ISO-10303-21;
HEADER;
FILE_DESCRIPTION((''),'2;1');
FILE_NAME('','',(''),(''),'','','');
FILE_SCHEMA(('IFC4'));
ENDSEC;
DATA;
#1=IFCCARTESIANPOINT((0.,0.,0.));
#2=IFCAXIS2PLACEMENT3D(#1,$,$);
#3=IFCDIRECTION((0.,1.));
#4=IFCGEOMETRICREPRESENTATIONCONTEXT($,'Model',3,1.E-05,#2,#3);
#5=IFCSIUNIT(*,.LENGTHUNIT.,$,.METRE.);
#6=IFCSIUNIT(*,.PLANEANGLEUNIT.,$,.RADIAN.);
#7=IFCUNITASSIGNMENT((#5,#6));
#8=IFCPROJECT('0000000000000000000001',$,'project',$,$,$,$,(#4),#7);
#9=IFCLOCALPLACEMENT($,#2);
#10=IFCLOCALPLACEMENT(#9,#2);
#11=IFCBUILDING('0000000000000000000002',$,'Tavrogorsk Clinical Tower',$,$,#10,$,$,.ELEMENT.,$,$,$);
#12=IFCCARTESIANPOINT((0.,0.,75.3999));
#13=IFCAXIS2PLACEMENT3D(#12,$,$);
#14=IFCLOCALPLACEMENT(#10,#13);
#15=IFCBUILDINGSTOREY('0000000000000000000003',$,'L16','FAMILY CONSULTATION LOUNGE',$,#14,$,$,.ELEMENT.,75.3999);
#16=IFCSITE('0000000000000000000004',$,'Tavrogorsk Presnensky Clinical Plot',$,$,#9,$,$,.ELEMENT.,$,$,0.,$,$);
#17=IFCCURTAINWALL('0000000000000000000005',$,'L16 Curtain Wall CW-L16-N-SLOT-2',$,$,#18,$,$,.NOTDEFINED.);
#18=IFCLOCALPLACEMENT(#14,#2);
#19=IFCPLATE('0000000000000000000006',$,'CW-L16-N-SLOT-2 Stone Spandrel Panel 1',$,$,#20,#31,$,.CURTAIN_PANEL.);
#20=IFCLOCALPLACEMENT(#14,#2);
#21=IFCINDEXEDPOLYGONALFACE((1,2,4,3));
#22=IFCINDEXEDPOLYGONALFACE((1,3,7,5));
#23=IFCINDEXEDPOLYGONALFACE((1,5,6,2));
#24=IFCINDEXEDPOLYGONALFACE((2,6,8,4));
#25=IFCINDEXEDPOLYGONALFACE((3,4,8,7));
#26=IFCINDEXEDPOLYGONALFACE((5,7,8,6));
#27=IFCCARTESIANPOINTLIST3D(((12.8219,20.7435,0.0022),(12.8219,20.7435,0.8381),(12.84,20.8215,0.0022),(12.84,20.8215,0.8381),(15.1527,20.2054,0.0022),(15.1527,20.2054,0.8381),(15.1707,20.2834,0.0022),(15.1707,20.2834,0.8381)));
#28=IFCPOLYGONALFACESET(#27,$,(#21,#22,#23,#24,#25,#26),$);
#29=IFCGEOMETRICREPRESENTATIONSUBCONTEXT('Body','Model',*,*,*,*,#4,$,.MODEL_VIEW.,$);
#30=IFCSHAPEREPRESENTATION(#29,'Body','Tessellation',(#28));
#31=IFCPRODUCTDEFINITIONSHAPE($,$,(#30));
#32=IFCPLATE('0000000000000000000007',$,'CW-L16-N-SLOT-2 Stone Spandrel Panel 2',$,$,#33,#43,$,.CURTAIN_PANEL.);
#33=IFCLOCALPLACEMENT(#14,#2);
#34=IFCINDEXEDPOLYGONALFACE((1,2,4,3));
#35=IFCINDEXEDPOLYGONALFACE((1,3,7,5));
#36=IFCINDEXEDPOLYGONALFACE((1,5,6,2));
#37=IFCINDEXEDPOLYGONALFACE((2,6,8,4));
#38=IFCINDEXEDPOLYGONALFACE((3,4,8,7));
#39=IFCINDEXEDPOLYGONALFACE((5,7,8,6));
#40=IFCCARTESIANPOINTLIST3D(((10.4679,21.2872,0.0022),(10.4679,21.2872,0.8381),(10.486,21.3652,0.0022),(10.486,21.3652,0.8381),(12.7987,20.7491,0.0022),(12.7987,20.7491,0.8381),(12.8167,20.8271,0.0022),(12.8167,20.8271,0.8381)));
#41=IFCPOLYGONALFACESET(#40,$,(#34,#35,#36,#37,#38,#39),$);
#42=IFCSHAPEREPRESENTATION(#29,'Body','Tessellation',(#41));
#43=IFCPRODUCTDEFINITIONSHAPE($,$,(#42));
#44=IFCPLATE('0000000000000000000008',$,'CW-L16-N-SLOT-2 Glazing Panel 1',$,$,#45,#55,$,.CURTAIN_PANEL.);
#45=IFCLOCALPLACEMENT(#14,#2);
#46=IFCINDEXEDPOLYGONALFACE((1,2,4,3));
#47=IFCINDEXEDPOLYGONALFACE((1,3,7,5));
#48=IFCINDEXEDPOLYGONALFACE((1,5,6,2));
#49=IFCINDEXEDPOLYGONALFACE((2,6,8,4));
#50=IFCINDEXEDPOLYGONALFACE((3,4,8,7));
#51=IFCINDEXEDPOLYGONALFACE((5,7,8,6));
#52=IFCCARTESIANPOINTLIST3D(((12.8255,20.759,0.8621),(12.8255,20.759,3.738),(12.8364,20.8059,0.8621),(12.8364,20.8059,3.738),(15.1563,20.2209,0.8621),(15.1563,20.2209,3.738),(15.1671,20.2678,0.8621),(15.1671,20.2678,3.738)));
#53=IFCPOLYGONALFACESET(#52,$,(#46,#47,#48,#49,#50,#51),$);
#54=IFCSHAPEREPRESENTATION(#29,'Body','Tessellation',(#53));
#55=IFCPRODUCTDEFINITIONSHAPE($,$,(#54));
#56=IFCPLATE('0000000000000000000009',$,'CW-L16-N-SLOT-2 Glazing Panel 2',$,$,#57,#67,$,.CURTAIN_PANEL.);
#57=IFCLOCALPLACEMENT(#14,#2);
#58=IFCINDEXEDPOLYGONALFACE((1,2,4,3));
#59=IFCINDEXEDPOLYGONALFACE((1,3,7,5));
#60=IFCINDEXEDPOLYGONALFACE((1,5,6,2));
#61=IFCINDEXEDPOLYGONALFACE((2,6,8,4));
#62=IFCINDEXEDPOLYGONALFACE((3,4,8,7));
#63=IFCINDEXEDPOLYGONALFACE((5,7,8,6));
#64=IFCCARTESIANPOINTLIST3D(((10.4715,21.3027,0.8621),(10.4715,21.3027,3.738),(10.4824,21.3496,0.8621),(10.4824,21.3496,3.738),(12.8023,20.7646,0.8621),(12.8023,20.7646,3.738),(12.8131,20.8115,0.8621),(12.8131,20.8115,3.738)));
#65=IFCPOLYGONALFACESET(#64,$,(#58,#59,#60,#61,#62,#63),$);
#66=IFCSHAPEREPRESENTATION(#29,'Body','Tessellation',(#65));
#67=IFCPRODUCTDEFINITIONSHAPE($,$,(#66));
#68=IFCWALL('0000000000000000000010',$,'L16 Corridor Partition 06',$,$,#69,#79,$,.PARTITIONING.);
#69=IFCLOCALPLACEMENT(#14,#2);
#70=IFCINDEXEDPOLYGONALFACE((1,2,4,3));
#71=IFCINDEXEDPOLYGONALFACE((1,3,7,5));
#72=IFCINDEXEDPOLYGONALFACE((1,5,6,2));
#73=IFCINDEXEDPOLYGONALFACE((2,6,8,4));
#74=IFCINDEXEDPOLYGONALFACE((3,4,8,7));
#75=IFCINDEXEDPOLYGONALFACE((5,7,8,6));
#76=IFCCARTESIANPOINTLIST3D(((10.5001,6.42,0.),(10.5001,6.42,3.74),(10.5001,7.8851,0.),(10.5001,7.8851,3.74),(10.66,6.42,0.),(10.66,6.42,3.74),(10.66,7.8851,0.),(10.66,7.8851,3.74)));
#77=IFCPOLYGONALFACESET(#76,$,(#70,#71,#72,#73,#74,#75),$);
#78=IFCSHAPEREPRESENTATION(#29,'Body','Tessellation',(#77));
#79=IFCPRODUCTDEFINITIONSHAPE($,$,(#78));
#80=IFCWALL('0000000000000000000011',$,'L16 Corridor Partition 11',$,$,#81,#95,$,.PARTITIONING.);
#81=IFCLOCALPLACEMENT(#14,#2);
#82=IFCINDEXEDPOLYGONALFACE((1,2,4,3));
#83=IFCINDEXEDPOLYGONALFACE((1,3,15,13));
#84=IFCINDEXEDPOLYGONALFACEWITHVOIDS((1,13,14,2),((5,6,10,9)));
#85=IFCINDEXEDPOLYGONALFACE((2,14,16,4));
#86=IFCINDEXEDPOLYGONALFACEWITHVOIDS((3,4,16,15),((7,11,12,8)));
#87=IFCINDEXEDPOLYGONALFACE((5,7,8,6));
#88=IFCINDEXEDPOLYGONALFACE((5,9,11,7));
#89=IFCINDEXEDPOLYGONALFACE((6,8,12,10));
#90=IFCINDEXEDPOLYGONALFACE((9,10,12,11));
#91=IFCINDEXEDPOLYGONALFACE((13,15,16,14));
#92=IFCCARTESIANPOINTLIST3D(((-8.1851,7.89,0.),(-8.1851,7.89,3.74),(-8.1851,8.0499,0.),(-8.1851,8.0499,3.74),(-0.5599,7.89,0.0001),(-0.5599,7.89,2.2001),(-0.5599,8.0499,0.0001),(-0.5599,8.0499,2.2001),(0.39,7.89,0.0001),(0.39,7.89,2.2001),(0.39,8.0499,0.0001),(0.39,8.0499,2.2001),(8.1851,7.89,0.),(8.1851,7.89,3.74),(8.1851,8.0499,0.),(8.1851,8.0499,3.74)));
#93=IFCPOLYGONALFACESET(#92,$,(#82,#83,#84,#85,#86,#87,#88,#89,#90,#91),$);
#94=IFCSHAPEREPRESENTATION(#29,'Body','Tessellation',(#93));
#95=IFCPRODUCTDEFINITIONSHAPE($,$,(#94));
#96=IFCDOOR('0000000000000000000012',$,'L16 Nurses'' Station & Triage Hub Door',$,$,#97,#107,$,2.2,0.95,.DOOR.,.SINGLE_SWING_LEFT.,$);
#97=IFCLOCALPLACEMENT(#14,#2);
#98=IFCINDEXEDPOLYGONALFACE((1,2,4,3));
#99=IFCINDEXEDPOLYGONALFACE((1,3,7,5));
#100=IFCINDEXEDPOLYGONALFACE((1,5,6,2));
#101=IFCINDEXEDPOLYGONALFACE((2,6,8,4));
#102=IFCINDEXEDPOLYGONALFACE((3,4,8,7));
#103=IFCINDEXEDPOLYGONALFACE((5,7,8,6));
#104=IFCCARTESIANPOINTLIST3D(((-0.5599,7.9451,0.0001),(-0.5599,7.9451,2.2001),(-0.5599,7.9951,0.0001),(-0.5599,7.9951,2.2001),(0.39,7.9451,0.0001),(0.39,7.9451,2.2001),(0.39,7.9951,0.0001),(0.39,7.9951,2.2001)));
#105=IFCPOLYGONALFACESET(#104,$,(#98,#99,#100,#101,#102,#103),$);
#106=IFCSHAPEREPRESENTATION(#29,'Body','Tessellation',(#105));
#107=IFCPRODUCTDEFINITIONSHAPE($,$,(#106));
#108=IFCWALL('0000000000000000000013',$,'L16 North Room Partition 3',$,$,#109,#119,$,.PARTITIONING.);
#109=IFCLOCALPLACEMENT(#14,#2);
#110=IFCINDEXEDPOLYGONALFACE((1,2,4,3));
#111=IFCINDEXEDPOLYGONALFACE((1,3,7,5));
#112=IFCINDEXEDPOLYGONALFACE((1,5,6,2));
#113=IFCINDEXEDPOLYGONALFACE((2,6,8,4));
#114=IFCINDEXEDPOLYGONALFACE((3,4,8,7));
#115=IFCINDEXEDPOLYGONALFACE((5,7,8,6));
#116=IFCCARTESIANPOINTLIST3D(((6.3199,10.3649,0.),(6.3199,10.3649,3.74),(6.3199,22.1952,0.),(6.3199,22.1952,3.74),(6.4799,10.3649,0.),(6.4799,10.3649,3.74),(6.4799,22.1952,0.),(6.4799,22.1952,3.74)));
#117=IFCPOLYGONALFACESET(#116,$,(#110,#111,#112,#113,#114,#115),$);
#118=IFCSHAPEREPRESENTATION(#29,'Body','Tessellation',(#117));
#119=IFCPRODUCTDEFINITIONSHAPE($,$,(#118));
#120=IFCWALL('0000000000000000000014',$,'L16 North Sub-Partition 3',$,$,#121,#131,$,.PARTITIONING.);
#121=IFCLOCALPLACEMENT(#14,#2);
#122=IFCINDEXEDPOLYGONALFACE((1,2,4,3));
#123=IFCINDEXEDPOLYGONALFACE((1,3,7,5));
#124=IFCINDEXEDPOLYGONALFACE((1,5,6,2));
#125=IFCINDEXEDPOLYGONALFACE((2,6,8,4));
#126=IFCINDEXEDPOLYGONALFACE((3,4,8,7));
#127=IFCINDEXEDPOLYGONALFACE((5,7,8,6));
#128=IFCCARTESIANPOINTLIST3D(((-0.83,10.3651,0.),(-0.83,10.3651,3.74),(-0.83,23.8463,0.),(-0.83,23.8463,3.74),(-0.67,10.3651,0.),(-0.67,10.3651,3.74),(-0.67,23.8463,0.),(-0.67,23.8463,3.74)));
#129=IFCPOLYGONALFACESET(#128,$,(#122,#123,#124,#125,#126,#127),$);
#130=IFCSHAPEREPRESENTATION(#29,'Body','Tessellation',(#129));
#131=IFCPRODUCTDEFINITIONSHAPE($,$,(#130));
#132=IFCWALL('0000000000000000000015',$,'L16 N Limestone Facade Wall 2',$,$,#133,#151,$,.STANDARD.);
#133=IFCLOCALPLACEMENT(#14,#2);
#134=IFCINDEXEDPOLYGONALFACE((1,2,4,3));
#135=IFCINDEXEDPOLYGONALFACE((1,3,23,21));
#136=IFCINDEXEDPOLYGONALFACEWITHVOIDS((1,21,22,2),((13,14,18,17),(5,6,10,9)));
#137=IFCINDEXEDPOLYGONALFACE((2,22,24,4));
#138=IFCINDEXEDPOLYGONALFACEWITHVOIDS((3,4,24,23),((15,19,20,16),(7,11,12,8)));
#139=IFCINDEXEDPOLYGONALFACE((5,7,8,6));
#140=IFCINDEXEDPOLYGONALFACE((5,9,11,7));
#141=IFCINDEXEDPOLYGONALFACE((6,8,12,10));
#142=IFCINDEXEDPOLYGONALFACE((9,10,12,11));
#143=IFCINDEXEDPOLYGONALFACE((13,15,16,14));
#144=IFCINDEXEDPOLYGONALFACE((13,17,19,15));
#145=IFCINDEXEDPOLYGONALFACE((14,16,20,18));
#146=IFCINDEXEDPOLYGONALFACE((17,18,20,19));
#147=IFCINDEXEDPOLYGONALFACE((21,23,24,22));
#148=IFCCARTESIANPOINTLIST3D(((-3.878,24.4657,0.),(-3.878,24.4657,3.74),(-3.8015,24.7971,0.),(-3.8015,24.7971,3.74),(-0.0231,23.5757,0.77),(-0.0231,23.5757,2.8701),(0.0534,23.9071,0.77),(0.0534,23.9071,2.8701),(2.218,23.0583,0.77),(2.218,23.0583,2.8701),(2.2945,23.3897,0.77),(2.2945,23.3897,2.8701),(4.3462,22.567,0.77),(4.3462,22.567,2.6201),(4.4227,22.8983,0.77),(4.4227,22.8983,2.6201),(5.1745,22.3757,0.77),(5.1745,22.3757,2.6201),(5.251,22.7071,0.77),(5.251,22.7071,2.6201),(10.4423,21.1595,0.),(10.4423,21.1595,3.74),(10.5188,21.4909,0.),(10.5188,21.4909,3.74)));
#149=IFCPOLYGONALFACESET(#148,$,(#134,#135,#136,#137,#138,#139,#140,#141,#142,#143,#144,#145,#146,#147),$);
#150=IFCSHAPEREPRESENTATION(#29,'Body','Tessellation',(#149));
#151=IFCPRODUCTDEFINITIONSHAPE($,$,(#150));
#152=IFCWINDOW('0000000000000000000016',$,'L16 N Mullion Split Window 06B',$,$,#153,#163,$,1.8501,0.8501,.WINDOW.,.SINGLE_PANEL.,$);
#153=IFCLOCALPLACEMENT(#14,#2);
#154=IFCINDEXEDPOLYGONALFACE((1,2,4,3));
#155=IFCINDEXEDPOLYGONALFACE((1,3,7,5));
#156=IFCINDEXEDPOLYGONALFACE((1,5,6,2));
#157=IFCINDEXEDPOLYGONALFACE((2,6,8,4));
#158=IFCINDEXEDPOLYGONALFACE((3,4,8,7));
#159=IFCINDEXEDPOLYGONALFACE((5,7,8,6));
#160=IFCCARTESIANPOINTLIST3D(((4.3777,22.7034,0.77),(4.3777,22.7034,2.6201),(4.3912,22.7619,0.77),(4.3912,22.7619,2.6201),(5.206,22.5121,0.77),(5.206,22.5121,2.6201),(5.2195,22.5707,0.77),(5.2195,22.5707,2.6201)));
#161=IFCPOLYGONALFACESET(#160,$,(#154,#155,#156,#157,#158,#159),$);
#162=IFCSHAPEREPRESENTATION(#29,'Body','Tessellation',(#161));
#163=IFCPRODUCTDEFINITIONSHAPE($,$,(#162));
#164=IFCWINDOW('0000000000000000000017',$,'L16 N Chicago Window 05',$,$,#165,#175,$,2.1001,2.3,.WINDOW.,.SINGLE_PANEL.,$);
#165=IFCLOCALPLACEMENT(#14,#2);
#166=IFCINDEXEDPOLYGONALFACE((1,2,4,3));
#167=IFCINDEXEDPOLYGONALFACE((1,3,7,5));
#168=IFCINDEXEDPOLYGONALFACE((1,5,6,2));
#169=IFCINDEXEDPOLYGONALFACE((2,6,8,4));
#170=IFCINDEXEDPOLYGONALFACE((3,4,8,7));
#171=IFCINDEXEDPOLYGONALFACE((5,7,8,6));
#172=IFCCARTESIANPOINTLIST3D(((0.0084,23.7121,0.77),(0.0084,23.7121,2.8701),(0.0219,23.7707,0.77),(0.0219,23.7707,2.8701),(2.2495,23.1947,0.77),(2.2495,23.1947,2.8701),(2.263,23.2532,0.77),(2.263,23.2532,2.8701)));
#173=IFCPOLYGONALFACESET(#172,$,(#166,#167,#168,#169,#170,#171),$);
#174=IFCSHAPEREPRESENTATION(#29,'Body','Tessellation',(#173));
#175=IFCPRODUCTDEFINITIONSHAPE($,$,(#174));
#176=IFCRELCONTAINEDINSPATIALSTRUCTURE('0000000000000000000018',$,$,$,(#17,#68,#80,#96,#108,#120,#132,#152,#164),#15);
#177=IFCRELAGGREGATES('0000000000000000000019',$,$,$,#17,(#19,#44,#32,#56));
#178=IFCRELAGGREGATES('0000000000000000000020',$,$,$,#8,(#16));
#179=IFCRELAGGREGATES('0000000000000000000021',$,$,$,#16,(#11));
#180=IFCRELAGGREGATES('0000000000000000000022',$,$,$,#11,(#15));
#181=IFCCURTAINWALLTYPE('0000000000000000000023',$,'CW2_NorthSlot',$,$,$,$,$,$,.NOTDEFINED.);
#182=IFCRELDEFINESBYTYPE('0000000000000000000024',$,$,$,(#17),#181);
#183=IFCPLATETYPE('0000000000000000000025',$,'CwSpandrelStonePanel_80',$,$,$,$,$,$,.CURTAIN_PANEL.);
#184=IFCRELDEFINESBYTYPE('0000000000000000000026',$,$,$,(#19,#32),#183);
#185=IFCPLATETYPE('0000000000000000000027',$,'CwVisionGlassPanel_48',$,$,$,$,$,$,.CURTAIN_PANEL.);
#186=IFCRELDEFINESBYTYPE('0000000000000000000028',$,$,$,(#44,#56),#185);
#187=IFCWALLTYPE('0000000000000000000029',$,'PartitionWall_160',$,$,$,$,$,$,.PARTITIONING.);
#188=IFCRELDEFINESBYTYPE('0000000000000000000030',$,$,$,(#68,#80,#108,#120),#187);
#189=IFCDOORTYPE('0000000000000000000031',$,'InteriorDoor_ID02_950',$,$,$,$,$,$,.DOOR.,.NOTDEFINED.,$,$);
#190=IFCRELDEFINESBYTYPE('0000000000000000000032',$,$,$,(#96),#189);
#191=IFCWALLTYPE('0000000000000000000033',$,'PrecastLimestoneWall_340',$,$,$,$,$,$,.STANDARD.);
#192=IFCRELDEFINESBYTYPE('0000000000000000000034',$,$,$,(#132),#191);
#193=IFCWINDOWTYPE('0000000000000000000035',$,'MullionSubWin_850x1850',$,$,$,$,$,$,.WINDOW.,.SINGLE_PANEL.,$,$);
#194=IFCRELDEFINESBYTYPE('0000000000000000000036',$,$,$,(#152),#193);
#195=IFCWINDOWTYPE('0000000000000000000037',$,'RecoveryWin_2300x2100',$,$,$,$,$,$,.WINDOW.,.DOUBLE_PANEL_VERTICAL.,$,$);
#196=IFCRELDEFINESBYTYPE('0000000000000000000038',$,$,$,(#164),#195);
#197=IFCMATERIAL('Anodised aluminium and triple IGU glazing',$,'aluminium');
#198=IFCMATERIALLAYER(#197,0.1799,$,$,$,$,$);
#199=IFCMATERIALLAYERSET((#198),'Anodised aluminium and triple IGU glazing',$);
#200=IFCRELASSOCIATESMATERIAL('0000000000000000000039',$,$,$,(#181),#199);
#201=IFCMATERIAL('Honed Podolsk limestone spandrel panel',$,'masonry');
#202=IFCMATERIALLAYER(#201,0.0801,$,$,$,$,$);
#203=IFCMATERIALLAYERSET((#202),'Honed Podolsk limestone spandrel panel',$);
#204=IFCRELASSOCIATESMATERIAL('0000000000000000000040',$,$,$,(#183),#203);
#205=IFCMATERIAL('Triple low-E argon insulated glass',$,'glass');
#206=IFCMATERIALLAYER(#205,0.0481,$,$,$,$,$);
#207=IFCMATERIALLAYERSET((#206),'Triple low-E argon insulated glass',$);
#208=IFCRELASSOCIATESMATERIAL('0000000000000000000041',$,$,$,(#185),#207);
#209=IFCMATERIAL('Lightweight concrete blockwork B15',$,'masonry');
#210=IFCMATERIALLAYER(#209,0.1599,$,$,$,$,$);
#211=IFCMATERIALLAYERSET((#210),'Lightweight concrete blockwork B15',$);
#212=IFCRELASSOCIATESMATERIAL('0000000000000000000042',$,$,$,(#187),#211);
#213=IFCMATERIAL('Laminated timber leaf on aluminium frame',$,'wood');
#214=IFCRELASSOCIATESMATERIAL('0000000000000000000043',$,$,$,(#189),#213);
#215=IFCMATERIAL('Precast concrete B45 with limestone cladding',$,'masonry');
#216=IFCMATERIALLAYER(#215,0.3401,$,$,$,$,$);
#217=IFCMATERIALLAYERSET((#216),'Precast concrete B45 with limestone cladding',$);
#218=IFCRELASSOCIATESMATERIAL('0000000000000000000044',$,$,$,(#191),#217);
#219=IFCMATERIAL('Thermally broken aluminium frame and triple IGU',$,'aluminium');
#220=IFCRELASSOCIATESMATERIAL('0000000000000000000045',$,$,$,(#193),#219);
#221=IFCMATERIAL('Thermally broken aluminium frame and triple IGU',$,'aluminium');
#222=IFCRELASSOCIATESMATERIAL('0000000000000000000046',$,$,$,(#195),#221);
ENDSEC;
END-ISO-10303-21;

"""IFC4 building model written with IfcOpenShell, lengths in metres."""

from ifc_helpers import new_model, si_unit, direction, frame, frame_2d, origin, origin_2d, place, context, subcontext, project, spatial, rectangle, extrude, material, layer, layer_set, type_object, element, fill, aggregate, save


model = new_model("IFC4")

# Units and contexts
model_context = context("Model", 3, precision=1e-05, world=origin(), true_north=direction((0.0, 1.0)))
body_context = subcontext(model_context, "Body", "Model", "MODEL_VIEW")
ifc_project = project(units=[si_unit("LENGTHUNIT", "METRE"), si_unit("PLANEANGLEUNIT", "RADIAN")], contexts=[model_context])

# Site, building, storey
site_placement = place(None, origin())
site = spatial("IfcSite", under=ifc_project, at=site_placement, Name="Tavrogorsk Presnensky Clinical Plot", CompositionType="ELEMENT", RefElevation=0.0)
building_placement = place(site_placement, origin())
building = spatial("IfcBuilding", under=site, at=building_placement, Name="Tavrogorsk Clinical Tower", CompositionType="ELEMENT")
storey_placement = place(building_placement, frame((0.0, 0.0, 75.3999)))
storey = spatial("IfcBuildingStorey", under=building, at=storey_placement, Name="L16", Description="FAMILY CONSULTATION LOUNGE", CompositionType="ELEMENT", Elevation=75.3999)

# Curtain wall
ifc_material_1 = material(Name="Anodised aluminium and triple IGU glazing", Category="aluminium")
ifc_layer_1 = layer(ifc_material_1, 0.1799)
ifc_layer_set_1 = layer_set([ifc_layer_1], Name="Anodised aluminium and triple IGU glazing")
curtain_wall_type = type_object("IfcCurtainWallType", Name="CW2_NorthSlot", PredefinedType="NOTDEFINED", material=ifc_layer_set_1)
curtain_wall_placement = place(storey_placement, origin())
curtain_wall = element("IfcCurtainWall", 1, at=curtain_wall_placement, inside=storey, type_object=curtain_wall_type, Name="L16 Curtain Wall CW-L16-N-SLOT-2", PredefinedType="NOTDEFINED")

# Plates
ifc_material_2 = material(Name="Honed Podolsk limestone spandrel panel", Category="masonry")
ifc_layer_2 = layer(ifc_material_2, 0.0801)
ifc_layer_set_2 = layer_set([ifc_layer_2], Name="Honed Podolsk limestone spandrel panel")
plate_type_1 = type_object("IfcPlateType", Name="CwSpandrelStonePanel_80", PredefinedType="CURTAIN_PANEL", material=ifc_layer_set_2)
plate_1_placement = place(storey_placement, frame((13.9963, 20.5134, 0.0022), z_axis=(0.0, 0.0, 1.0), x_axis=(-0.97437, 0.224951, 0.0)))
plate_1 = element("IfcPlate", 2, at=plate_1_placement, type_object=plate_type_1, Name="CW-L16-N-SLOT-2 Stone Spandrel Panel 1", PredefinedType="CURTAIN_PANEL", context=body_context, shape_type="SweptSolid", body=[
    extrude(rectangle(XDim=2.3921, YDim=0.0801, at=origin_2d()), origin(), (0.0, 0.0, 1.0), 0.8359),
])
plate_2_placement = place(storey_placement, frame((11.6423, 21.0571, 0.0022), z_axis=(0.0, 0.0, 1.0), x_axis=(-0.97437, 0.224951, 0.0)))
plate_2 = element("IfcPlate", 3, at=plate_2_placement, type_object=plate_type_1, Name="CW-L16-N-SLOT-2 Stone Spandrel Panel 2", PredefinedType="CURTAIN_PANEL", context=body_context, shape_type="SweptSolid", body=[
    extrude(rectangle(XDim=2.3921, YDim=0.0801, at=origin_2d()), origin(), (0.0, 0.0, 1.0), 0.8359),
])
ifc_material_3 = material(Name="Triple low-E argon insulated glass", Category="glass")
ifc_layer_3 = layer(ifc_material_3, 0.0481)
ifc_layer_set_3 = layer_set([ifc_layer_3], Name="Triple low-E argon insulated glass")
plate_type_2 = type_object("IfcPlateType", Name="CwVisionGlassPanel_48", PredefinedType="CURTAIN_PANEL", material=ifc_layer_set_3)
plate_3_placement = place(storey_placement, frame((13.9963, 20.5134, 0.8621), z_axis=(0.0, 0.0, 1.0), x_axis=(-0.97437, 0.224951, 0.0)))
plate_3 = element("IfcPlate", 4, at=plate_3_placement, type_object=plate_type_2, Name="CW-L16-N-SLOT-2 Glazing Panel 1", PredefinedType="CURTAIN_PANEL", context=body_context, shape_type="SweptSolid", body=[
    extrude(rectangle(XDim=2.3921, YDim=0.0481, at=origin_2d()), origin(), (0.0, 0.0, 1.0), 2.876),
])
plate_4_placement = place(storey_placement, frame((11.6423, 21.0571, 0.8621), z_axis=(0.0, 0.0, 1.0), x_axis=(-0.97437, 0.224951, 0.0)))
plate_4 = element("IfcPlate", 5, at=plate_4_placement, type_object=plate_type_2, Name="CW-L16-N-SLOT-2 Glazing Panel 2", PredefinedType="CURTAIN_PANEL", context=body_context, shape_type="SweptSolid", body=[
    extrude(rectangle(XDim=2.3921, YDim=0.0481, at=origin_2d()), origin(), (0.0, 0.0, 1.0), 2.876),
])
aggregate(curtain_wall, [plate_1, plate_3, plate_2, plate_4])

# Wall
ifc_material_4 = material(Name="Lightweight concrete blockwork B15", Category="masonry")
ifc_layer_4 = layer(ifc_material_4, 0.1599)
ifc_layer_set_4 = layer_set([ifc_layer_4], Name="Lightweight concrete blockwork B15")
wall_type_1 = type_object("IfcWallType", Name="PartitionWall_160", PredefinedType="PARTITIONING", material=ifc_layer_set_4)
wall_1_placement = place(storey_placement, frame((10.5801, 7.885, 0.0), z_axis=(0.0, 0.0, 1.0), x_axis=(0.0, -1.0, 0.0)))
element("IfcWall", 6, at=wall_1_placement, inside=storey, type_object=wall_type_1, Name="L16 Corridor Partition 06", PredefinedType="PARTITIONING", context=body_context, shape_type="SweptSolid", body=[
    extrude(rectangle(XDim=1.4651, YDim=0.1599, at=frame_2d((0.7324, 0.0))), origin(), (0.0, 0.0, 1.0), 3.74),
])

# Wall, opening, door
wall_2_placement = place(storey_placement, frame((8.1851, 7.97, 0.0), z_axis=(0.0, 0.0, 1.0), x_axis=(-1.0, 0.0, 0.0)))
wall_2 = element("IfcWall", 7, at=wall_2_placement, inside=storey, type_object=wall_type_1, Name="L16 Corridor Partition 11", PredefinedType="PARTITIONING", context=body_context, shape_type="SweptSolid", body=[
    extrude(rectangle(XDim=16.3701, YDim=0.1599, at=frame_2d((8.1851, 0.0))), origin(), (0.0, 0.0, 1.0), 3.74),
])
opening_1_placement = place(wall_2_placement, frame((7.7949, 0.0, 0.0)))
opening_1 = element("IfcOpeningElement", 8, at=opening_1_placement, cuts=wall_2, PredefinedType="OPENING", context=body_context, shape_type="SweptSolid", body=[
    extrude(rectangle(XDim=0.95, YDim=2.2, at=frame_2d((0.4751, 1.1001))), frame((0.0, 0.0898, 0.0), z_axis=(0.0, -1.0, 0.0), x_axis=(1.0, 0.0, 0.0)), (0.0, 0.0, 1.0), 0.1799),
])
ifc_material_5 = material(Name="Laminated timber leaf on aluminium frame", Category="wood")
door_type = type_object("IfcDoorType", Name="InteriorDoor_ID02_950", OperationType="NOTDEFINED", PredefinedType="DOOR", material=ifc_material_5)
door_placement = place(opening_1_placement, origin())
door = element("IfcDoor", 9, at=door_placement, inside=storey, type_object=door_type, Name="L16 Nurses' Station & Triage Hub Door", OperationType="SINGLE_SWING_LEFT", OverallHeight=2.2, OverallWidth=0.95, PredefinedType="DOOR", context=body_context, shape_type="SweptSolid", body=[
    extrude(rectangle(XDim=0.95, YDim=2.2, at=frame_2d((0.4751, 1.1001))), frame((0.0, 0.0249, 0.0), z_axis=(0.0, -1.0, 0.0), x_axis=(1.0, 0.0, 0.0)), (0.0, 0.0, 1.0), 0.05),
])
fill(opening_1, door)

# Walls
wall_3_placement = place(storey_placement, frame((6.3999, 10.365, 0.0), z_axis=(0.0, 0.0, 1.0), x_axis=(0.0, 1.0, 0.0)))
element("IfcWall", 10, at=wall_3_placement, inside=storey, type_object=wall_type_1, Name="L16 North Room Partition 3", PredefinedType="PARTITIONING", context=body_context, shape_type="SweptSolid", body=[
    extrude(rectangle(XDim=11.8303, YDim=0.1599, at=frame_2d((5.915, 0.0))), origin(), (0.0, 0.0, 1.0), 3.74),
])
wall_4_placement = place(storey_placement, frame((-0.75, 10.365, 0.0), z_axis=(0.0, 0.0, 1.0), x_axis=(0.0, 1.0, 0.0)))
element("IfcWall", 11, at=wall_4_placement, inside=storey, type_object=wall_type_1, Name="L16 North Sub-Partition 3", PredefinedType="PARTITIONING", context=body_context, shape_type="SweptSolid", body=[
    extrude(rectangle(XDim=13.4812, YDim=0.1599, at=frame_2d((6.7407, 0.0))), origin(), (0.0, 0.0, 1.0), 3.74),
])

# Wall, openings, windows
ifc_material_6 = material(Name="Precast concrete B45 with limestone cladding", Category="masonry")
ifc_layer_5 = layer(ifc_material_6, 0.3401)
ifc_layer_set_5 = layer_set([ifc_layer_5], Name="Precast concrete B45 with limestone cladding")
wall_type_2 = type_object("IfcWallType", Name="PrecastLimestoneWall_340", PredefinedType="STANDARD", material=ifc_layer_set_5)
wall_5_placement = place(storey_placement, frame((10.4807, 21.3252, 0.0), z_axis=(0.0, 0.0, 1.0), x_axis=(-0.974369, 0.224954, 0.0)))
wall_5 = element("IfcWall", 12, at=wall_5_placement, inside=storey, type_object=wall_type_2, Name="L16 N Limestone Facade Wall 2", PredefinedType="STANDARD", context=body_context, shape_type="SweptSolid", body=[
    extrude(rectangle(XDim=14.697, YDim=0.3401, at=frame_2d((7.3486, 0.0))), origin(), (0.0, 0.0, 1.0), 3.74),
])
opening_2_placement = place(wall_5_placement, frame((8.4409, 0.0, 0.77)))
opening_2 = element("IfcOpeningElement", 13, at=opening_2_placement, cuts=wall_5, PredefinedType="OPENING", context=body_context, shape_type="SweptSolid", body=[
    extrude(rectangle(XDim=2.3, YDim=2.1001, at=frame_2d((1.1499, 1.05))), frame((0.0, 0.1799, 0.0), z_axis=(0.0, -1.0, 0.0), x_axis=(1.0, 0.0, 0.0)), (0.0, 0.0, 1.0), 0.3601),
])
opening_3_placement = place(wall_5_placement, frame((5.4065, 0.0, 0.77)))
opening_3 = element("IfcOpeningElement", 14, at=opening_3_placement, cuts=wall_5, PredefinedType="OPENING", context=body_context, shape_type="SweptSolid", body=[
    extrude(rectangle(XDim=0.8501, YDim=1.8501, at=frame_2d((0.425, 0.925))), frame((0.0, 0.1799, 0.0), z_axis=(0.0, -1.0, 0.0), x_axis=(1.0, 0.0, 0.0)), (0.0, 0.0, 1.0), 0.3601),
])
ifc_material_7 = material(Name="Thermally broken aluminium frame and triple IGU", Category="aluminium")
window_type_1 = type_object("IfcWindowType", Name="MullionSubWin_850x1850", PartitioningType="SINGLE_PANEL", PredefinedType="WINDOW", material=ifc_material_7)
window_1_placement = place(opening_3_placement, origin())
window_1 = element("IfcWindow", 15, at=window_1_placement, inside=storey, type_object=window_type_1, Name="L16 N Mullion Split Window 06B", OverallHeight=1.8501, OverallWidth=0.8501, PartitioningType="SINGLE_PANEL", PredefinedType="WINDOW", context=body_context, shape_type="SweptSolid", body=[
    extrude(rectangle(XDim=0.8501, YDim=1.8501, at=frame_2d((0.425, 0.925))), frame((0.0, 0.03, 0.0), z_axis=(0.0, -1.0, 0.0), x_axis=(1.0, 0.0, 0.0)), (0.0, 0.0, 1.0), 0.0601),
])
fill(opening_3, window_1)
ifc_material_8 = material(Name="Thermally broken aluminium frame and triple IGU", Category="aluminium")
window_type_2 = type_object("IfcWindowType", Name="RecoveryWin_2300x2100", PartitioningType="DOUBLE_PANEL_VERTICAL", PredefinedType="WINDOW", material=ifc_material_8)
window_2_placement = place(opening_2_placement, origin())
window_2 = element("IfcWindow", 16, at=window_2_placement, inside=storey, type_object=window_type_2, Name="L16 N Chicago Window 05", OverallHeight=2.1001, OverallWidth=2.3, PartitioningType="SINGLE_PANEL", PredefinedType="WINDOW", context=body_context, shape_type="SweptSolid", body=[
    extrude(rectangle(XDim=2.3, YDim=2.1001, at=frame_2d((1.1499, 1.05))), frame((0.0, 0.03, 0.0), z_axis=(0.0, -1.0, 0.0), x_axis=(1.0, 0.0, 0.0)), (0.0, 0.0, 1.0), 0.0601),
])
fill(opening_2, window_2)

save(model, "model.ifc")
